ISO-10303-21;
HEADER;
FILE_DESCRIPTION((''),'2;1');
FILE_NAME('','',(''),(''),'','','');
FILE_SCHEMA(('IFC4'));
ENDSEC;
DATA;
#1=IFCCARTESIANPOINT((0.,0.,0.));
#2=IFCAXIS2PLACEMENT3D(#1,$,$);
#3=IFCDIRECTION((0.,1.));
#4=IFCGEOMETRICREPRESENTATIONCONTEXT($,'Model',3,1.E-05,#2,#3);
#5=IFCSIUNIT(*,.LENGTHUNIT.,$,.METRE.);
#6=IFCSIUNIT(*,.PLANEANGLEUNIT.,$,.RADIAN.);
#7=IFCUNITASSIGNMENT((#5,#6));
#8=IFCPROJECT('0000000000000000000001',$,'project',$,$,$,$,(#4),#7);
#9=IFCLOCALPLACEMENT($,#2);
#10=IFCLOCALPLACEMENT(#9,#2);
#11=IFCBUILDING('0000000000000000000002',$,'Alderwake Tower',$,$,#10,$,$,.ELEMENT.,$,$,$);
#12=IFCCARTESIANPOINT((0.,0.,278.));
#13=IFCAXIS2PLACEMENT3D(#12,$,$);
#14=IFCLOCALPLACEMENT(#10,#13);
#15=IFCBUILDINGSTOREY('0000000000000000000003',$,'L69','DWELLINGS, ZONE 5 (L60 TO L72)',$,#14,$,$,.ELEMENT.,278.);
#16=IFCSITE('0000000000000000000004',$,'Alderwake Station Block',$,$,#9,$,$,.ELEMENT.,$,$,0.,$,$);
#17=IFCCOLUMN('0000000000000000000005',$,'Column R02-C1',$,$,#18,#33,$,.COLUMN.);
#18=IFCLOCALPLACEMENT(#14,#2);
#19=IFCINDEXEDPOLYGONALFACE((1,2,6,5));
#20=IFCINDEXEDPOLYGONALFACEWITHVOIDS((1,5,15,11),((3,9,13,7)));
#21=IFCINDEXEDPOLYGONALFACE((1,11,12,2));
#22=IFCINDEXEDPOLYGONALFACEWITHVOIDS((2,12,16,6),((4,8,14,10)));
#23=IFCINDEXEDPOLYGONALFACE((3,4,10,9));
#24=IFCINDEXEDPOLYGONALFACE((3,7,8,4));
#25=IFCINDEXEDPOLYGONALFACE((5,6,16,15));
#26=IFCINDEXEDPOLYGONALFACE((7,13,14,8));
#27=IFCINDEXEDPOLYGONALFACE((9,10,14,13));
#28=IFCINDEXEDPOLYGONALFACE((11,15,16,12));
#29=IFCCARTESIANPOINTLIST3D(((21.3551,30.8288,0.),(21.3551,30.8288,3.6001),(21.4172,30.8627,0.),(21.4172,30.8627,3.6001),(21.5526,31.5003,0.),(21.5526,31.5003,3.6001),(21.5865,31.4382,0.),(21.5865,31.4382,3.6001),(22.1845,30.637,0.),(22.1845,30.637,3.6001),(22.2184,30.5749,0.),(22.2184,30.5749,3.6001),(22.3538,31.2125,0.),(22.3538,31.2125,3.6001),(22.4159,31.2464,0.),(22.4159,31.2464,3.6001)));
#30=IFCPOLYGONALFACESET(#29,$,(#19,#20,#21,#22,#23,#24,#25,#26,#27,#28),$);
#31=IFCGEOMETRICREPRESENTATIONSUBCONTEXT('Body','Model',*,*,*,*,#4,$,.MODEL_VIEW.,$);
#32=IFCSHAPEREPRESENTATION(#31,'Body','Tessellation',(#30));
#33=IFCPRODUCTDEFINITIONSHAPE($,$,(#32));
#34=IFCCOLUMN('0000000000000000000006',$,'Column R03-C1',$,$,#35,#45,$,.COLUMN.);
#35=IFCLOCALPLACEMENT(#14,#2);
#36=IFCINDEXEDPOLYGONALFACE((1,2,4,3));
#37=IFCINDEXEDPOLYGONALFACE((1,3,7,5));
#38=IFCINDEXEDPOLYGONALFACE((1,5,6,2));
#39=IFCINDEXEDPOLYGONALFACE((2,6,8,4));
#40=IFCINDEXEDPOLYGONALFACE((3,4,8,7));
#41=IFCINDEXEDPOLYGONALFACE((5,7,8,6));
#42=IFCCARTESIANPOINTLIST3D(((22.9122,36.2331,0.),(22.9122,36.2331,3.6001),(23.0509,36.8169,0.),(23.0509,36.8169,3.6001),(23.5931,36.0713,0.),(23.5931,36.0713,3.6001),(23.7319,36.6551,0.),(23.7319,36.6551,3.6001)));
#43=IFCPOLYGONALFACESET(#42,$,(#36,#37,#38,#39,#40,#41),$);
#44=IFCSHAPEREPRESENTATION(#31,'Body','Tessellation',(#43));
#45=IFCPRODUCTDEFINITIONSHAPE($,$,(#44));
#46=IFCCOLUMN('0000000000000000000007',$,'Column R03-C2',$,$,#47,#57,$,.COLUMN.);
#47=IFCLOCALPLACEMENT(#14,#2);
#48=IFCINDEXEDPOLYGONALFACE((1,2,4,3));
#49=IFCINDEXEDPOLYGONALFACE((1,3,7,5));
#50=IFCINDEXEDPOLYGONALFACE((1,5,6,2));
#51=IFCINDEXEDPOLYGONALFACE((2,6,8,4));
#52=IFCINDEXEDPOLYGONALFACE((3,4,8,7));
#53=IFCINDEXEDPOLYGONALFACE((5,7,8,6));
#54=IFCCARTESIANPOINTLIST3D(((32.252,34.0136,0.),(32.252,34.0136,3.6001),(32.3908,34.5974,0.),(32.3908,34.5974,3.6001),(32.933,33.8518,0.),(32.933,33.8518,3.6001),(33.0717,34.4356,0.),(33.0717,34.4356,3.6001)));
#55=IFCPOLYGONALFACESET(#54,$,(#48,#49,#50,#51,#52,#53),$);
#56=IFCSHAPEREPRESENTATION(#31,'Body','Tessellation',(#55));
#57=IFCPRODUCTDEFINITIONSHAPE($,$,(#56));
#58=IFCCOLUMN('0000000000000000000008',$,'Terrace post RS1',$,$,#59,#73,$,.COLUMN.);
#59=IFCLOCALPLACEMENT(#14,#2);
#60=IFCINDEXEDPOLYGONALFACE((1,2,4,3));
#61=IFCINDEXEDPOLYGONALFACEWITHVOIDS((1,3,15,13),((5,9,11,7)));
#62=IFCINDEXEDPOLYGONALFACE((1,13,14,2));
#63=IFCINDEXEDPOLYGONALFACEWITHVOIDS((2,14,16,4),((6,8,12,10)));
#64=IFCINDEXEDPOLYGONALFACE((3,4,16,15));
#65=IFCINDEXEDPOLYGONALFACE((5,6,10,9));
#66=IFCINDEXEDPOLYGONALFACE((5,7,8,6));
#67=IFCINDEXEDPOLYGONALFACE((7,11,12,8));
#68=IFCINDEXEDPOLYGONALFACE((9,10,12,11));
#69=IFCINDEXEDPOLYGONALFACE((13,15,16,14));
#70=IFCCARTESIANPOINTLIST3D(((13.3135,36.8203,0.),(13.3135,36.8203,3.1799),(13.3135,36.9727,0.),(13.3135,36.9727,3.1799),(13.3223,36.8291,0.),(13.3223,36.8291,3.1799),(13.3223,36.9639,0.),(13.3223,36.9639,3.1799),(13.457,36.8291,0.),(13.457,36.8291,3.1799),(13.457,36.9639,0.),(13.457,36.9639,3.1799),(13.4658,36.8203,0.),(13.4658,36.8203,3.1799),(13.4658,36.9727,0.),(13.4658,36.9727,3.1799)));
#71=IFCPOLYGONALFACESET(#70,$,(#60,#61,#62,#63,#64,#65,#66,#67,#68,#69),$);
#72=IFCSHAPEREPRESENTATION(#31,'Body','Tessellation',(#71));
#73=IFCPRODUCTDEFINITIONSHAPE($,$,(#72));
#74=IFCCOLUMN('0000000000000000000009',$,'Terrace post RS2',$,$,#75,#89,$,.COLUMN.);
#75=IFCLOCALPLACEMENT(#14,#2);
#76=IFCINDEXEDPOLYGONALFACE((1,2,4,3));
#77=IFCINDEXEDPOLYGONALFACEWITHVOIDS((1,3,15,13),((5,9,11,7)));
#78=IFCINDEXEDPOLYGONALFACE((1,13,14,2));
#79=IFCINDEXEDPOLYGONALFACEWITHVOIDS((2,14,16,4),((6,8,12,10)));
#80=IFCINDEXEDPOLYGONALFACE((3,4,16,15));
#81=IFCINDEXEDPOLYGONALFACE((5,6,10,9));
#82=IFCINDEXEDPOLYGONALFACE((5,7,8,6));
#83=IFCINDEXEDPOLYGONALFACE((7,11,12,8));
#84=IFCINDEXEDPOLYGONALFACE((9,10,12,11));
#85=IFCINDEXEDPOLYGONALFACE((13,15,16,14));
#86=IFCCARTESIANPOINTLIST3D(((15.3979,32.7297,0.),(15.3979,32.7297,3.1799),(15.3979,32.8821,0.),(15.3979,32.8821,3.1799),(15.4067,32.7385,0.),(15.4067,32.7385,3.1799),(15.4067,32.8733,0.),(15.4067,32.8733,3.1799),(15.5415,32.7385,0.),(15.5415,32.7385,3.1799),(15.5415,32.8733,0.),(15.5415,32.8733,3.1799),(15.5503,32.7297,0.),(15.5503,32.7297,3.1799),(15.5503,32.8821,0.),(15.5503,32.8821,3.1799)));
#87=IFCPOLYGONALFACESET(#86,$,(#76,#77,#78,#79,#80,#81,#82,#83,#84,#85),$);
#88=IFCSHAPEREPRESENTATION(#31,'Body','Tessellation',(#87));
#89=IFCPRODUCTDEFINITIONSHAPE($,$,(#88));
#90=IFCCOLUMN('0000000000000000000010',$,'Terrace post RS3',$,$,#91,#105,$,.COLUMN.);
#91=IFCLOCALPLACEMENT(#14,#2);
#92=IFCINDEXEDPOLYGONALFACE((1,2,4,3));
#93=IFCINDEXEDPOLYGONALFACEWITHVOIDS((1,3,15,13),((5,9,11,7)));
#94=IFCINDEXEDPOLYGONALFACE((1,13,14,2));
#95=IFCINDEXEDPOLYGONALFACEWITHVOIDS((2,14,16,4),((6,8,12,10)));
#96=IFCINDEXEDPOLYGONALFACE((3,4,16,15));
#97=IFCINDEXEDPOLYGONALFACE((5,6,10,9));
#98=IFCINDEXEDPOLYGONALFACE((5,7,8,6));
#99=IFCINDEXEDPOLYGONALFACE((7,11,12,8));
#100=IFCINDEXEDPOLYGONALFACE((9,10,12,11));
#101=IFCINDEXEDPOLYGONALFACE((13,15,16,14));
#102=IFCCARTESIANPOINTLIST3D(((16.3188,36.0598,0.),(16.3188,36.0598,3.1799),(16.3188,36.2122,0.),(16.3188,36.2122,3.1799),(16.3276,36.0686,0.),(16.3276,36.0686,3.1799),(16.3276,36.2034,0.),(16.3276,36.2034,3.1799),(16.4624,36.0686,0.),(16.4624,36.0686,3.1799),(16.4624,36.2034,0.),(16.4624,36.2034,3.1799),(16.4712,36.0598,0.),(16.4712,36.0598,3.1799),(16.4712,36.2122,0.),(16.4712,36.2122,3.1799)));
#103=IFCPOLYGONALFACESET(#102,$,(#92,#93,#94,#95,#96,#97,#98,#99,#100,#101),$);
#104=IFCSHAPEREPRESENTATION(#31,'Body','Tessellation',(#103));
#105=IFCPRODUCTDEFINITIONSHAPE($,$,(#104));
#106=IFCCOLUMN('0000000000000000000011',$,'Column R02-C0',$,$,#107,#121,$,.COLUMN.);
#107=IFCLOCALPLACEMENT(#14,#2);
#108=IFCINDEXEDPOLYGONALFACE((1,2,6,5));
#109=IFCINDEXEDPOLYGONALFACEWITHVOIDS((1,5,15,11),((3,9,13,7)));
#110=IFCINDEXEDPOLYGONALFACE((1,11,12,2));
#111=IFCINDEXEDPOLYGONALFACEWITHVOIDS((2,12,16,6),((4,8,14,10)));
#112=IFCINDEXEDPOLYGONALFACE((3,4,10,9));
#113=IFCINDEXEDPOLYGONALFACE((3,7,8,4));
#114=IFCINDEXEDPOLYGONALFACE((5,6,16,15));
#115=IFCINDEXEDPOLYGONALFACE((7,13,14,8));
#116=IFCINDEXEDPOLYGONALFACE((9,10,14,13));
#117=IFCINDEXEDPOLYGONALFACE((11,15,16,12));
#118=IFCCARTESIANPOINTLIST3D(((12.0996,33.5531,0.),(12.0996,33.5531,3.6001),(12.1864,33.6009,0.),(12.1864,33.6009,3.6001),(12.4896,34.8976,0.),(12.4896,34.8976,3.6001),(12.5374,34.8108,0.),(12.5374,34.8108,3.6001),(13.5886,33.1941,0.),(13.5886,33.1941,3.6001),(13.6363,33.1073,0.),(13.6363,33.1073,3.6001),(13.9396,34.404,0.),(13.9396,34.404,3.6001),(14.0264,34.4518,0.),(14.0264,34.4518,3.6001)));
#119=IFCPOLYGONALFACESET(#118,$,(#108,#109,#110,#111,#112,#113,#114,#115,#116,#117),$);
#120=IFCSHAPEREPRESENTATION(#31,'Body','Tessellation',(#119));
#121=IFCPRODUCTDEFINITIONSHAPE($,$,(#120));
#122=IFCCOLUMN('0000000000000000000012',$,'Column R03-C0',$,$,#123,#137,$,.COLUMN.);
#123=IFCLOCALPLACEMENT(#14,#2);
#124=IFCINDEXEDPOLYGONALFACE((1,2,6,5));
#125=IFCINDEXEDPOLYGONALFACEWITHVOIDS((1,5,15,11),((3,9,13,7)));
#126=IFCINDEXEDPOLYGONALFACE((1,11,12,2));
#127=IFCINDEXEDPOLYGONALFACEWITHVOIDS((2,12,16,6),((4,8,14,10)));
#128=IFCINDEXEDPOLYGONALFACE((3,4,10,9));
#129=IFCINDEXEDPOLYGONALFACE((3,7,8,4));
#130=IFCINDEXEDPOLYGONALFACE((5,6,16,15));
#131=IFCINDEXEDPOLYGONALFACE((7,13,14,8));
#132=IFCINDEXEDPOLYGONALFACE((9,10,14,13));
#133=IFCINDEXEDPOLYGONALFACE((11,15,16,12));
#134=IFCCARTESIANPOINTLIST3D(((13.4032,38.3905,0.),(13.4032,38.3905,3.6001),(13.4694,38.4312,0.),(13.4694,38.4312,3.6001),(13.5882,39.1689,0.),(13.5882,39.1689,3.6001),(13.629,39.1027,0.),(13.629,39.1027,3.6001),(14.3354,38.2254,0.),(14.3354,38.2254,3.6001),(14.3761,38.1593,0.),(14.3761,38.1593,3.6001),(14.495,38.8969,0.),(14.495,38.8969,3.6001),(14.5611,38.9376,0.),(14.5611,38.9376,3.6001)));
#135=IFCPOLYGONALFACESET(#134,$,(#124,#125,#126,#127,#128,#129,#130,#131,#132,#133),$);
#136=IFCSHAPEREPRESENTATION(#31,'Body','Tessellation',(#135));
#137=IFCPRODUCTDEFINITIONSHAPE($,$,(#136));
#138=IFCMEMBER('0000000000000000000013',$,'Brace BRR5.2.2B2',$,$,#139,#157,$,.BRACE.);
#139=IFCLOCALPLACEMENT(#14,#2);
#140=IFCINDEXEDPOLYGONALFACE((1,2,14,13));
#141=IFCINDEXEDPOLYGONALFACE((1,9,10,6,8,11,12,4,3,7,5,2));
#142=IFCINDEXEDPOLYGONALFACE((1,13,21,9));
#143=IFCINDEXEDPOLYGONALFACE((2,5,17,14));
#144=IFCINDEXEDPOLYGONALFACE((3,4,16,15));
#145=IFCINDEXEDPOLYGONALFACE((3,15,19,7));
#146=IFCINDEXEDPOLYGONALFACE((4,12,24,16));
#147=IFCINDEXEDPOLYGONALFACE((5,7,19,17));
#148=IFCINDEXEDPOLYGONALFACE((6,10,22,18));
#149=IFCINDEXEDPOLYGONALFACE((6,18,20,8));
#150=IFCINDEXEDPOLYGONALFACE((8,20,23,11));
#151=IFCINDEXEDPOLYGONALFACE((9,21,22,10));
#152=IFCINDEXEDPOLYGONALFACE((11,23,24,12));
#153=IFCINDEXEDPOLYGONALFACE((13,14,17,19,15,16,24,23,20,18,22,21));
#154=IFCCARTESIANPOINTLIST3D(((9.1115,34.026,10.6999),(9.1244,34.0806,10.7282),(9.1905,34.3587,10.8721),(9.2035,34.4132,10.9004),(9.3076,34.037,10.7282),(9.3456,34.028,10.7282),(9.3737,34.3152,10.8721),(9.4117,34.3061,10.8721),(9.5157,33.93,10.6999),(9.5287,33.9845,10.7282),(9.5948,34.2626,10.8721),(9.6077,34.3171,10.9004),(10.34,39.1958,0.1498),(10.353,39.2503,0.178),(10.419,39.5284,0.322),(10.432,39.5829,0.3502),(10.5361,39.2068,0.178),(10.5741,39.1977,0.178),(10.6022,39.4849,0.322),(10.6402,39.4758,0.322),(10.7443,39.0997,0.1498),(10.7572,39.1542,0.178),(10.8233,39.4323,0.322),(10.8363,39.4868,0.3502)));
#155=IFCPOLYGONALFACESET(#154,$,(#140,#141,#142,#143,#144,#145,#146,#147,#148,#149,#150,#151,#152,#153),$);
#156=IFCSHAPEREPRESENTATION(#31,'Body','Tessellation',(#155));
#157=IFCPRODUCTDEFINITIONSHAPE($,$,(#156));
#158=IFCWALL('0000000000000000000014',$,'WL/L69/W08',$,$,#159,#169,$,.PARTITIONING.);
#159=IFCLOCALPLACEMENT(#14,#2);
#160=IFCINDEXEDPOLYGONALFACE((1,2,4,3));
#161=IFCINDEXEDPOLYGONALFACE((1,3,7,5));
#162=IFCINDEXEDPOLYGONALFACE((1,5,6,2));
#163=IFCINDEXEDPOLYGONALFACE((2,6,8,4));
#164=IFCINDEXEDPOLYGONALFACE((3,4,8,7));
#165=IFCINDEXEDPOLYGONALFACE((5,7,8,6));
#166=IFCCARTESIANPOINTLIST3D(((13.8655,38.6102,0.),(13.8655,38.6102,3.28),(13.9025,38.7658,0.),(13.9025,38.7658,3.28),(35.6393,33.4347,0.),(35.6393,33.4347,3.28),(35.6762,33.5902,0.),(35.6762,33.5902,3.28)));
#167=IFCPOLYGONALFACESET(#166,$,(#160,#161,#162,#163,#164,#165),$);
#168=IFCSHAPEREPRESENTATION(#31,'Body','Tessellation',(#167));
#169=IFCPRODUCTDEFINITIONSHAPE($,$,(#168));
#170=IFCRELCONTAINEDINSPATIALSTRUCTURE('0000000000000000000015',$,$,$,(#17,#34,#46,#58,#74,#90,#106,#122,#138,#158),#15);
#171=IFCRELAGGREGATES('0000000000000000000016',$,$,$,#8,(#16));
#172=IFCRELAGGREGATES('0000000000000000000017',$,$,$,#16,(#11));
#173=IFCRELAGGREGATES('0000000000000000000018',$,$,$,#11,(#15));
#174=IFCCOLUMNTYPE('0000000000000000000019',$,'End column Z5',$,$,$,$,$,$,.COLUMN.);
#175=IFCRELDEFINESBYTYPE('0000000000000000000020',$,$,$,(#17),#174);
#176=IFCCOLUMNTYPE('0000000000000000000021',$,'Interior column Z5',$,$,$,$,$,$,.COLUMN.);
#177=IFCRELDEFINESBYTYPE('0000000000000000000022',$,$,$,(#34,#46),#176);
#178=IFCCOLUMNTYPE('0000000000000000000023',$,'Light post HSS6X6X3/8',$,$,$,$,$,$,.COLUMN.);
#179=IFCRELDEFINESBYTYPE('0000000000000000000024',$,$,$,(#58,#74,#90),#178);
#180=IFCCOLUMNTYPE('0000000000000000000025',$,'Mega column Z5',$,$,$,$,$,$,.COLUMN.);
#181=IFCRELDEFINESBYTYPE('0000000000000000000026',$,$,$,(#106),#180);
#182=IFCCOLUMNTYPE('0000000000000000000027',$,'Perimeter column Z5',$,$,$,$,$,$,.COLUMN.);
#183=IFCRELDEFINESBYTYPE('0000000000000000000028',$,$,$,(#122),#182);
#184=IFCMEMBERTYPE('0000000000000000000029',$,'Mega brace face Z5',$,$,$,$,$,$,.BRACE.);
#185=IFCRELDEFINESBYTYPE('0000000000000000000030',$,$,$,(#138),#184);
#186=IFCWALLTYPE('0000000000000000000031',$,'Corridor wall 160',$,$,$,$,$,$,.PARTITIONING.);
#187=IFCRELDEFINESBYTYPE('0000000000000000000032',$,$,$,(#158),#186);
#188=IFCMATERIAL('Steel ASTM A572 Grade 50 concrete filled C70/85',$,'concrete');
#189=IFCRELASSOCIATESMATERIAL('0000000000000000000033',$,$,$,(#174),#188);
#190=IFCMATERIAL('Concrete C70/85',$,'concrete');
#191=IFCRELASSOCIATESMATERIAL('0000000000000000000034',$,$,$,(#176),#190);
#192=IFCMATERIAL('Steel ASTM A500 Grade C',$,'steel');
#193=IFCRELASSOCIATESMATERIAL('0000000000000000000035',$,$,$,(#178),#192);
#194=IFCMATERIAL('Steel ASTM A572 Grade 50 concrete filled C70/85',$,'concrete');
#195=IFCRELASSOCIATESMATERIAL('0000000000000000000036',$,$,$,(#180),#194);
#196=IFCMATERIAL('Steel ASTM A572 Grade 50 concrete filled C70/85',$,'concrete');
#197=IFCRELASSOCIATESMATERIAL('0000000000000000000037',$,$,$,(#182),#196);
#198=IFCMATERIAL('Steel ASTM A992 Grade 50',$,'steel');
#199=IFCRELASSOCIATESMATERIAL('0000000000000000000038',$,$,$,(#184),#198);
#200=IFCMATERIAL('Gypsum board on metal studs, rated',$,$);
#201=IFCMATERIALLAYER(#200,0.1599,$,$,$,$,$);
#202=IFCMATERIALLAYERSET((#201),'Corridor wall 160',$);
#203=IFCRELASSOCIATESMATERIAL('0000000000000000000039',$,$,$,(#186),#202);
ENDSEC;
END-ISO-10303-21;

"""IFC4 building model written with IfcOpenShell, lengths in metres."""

from ifc_helpers import new_model, si_unit, direction, frame, frame_2d, origin, origin_2d, place, context, subcontext, project, spatial, rectangle, hollow_rectangle, i_section, extrude, material, layer, layer_set, material_profile, profile_set, type_object, element, save


model = new_model("IFC4")

# Units and contexts
model_context = context("Model", 3, precision=1e-05, world=origin(), true_north=direction((0.0, 1.0)))
body_context = subcontext(model_context, "Body", "Model", "MODEL_VIEW")
ifc_project = project(units=[si_unit("LENGTHUNIT", "METRE"), si_unit("PLANEANGLEUNIT", "RADIAN")], contexts=[model_context])

# Site, building, storey
site_placement = place(None, origin())
site = spatial("IfcSite", under=ifc_project, at=site_placement, Name="Alderwake Station Block", CompositionType="ELEMENT", RefElevation=0.0)
building_placement = place(site_placement, origin())
building = spatial("IfcBuilding", under=site, at=building_placement, Name="Alderwake Tower", CompositionType="ELEMENT")
storey_placement = place(building_placement, frame((0.0, 0.0, 278.0)))
storey = spatial("IfcBuildingStorey", under=building, at=storey_placement, Name="L69", Description="DWELLINGS, ZONE 5 (L60 TO L72)", CompositionType="ELEMENT", Elevation=278.0)

# Columns
ifc_material_1 = material(Name="Steel ASTM A572 Grade 50 concrete filled C70/85", Category="concrete")
ifc_material_profile_1 = material_profile(ifc_material_1, hollow_rectangle(XDim=0.7, YDim=0.8999, WallThickness=0.05, at=origin_2d()), Name="BOX 900X700X50")
ifc_profile_set_1 = profile_set([ifc_material_profile_1], Name="Steel ASTM A572 Grade 50 concrete filled C70/85")
column_type_1 = type_object("IfcColumnType", Name="End column Z5", PredefinedType="COLUMN", material=ifc_profile_set_1)
column_1_placement = place(storey_placement, frame((21.8855, 31.0376, 0.0), z_axis=(0.0, 0.0, 1.0), x_axis=(0.282132, 0.959376, 0.0)))
element("IfcColumn", 1, at=column_1_placement, inside=storey, type_object=column_type_1, Name="Column R02-C1", PredefinedType="COLUMN", context=body_context, shape_type="SweptSolid", body=[
    extrude(hollow_rectangle(XDim=0.7, YDim=0.8999, WallThickness=0.05, at=origin_2d()), origin(), (0.0, 0.0, 1.0), 3.6001),
])
ifc_material_2 = material(Name="Concrete C70/85", Category="concrete")
ifc_material_profile_2 = material_profile(ifc_material_2, rectangle(XDim=0.6001, YDim=0.7, at=origin_2d()), Name="RC 700X600")
ifc_profile_set_2 = profile_set([ifc_material_profile_2], Name="Concrete C70/85")
column_type_2 = type_object("IfcColumnType", Name="Interior column Z5", PredefinedType="COLUMN", material=ifc_profile_set_2)
for number, where, z_axis, x_axis, name in (
    (2, (23.322, 36.4441, 0.0), (0.0, 0.0, 1.0), (0.231222, 0.972901, 0.0), "Column R03-C1"),
    (3, (32.6619, 34.2246, 0.0), (0.0, 0.0, 1.0), (0.231222, 0.972901, 0.0), "Column R03-C2"),
):
    element("IfcColumn", number, at=place(storey_placement, frame(where, z_axis=z_axis, x_axis=x_axis)), inside=storey, type_object=column_type_2, Name=name, PredefinedType="COLUMN", context=body_context, shape_type="SweptSolid", body=[
        extrude(rectangle(XDim=0.6001, YDim=0.7, at=origin_2d()), origin(), (0.0, 0.0, 1.0), 3.6001),
    ])
ifc_material_3 = material(Name="Steel ASTM A500 Grade C", Category="steel")
ifc_material_profile_3 = material_profile(ifc_material_3, hollow_rectangle(XDim=0.1523, YDim=0.1523, WallThickness=0.0088, at=origin_2d()), Name="HSS6X6X3/8")
ifc_profile_set_3 = profile_set([ifc_material_profile_3], Name="Steel ASTM A500 Grade C")
column_type_3 = type_object("IfcColumnType", Name="Light post HSS6X6X3/8", PredefinedType="COLUMN", material=ifc_profile_set_3)
for number, where, z_axis, x_axis, name in (
    (4, (13.3896, 36.8965, 0.0), (0.0, 0.0, 1.0), (1.0, 0.0, 0.0), "Terrace post RS1"),
    (5, (15.4741, 32.8059, 0.0), (0.0, 0.0, 1.0), (1.0, 0.0, 0.0), "Terrace post RS2"),
    (6, (16.395, 36.136, 0.0), (0.0, 0.0, 1.0), (1.0, 0.0, 0.0), "Terrace post RS3"),
):
    element("IfcColumn", number, at=place(storey_placement, frame(where, z_axis=z_axis, x_axis=x_axis)), inside=storey, type_object=column_type_3, Name=name, PredefinedType="COLUMN", context=body_context, shape_type="SweptSolid", body=[
        extrude(hollow_rectangle(XDim=0.1523, YDim=0.1523, WallThickness=0.0088, at=origin_2d()), origin(), (0.0, 0.0, 1.0), 3.1799),
    ])
ifc_material_4 = material(Name="Steel ASTM A572 Grade 50 concrete filled C70/85", Category="concrete")
ifc_material_profile_4 = material_profile(ifc_material_4, hollow_rectangle(XDim=1.3999, YDim=1.6001, WallThickness=0.0701, at=origin_2d()), Name="BOX 1600X1400X70")
ifc_profile_set_4 = profile_set([ifc_material_profile_4], Name="Steel ASTM A572 Grade 50 concrete filled C70/85")
column_type_4 = type_object("IfcColumnType", Name="Mega column Z5", PredefinedType="COLUMN", material=ifc_profile_set_4)
column_2_placement = place(storey_placement, frame((13.063, 34.0024, 0.0), z_axis=(0.0, 0.0, 1.0), x_axis=(0.278612, 0.960404, 0.0)))
element("IfcColumn", 7, at=column_2_placement, inside=storey, type_object=column_type_4, Name="Column R02-C0", PredefinedType="COLUMN", context=body_context, shape_type="SweptSolid", body=[
    extrude(hollow_rectangle(XDim=1.3999, YDim=1.6001, WallThickness=0.0701, at=origin_2d()), origin(), (0.0, 0.0, 1.0), 3.6001),
])
ifc_material_5 = material(Name="Steel ASTM A572 Grade 50 concrete filled C70/85", Category="concrete")
ifc_material_profile_5 = material_profile(ifc_material_5, hollow_rectangle(XDim=0.8, YDim=1.0, WallThickness=0.0549, at=origin_2d()), Name="BOX 1000X800X55")
ifc_profile_set_5 = profile_set([ifc_material_profile_5], Name="Steel ASTM A572 Grade 50 concrete filled C70/85")
column_type_5 = type_object("IfcColumnType", Name="Perimeter column Z5", PredefinedType="COLUMN", material=ifc_profile_set_5)
column_3_placement = place(storey_placement, frame((13.9822, 38.6641, 0.0), z_axis=(0.0, 0.0, 1.0), x_axis=(0.231222, 0.972901, 0.0)))
element("IfcColumn", 8, at=column_3_placement, inside=storey, type_object=column_type_5, Name="Column R03-C0", PredefinedType="COLUMN", context=body_context, shape_type="SweptSolid", body=[
    extrude(hollow_rectangle(XDim=0.8, YDim=1.0, WallThickness=0.0549, at=origin_2d()), origin(), (0.0, 0.0, 1.0), 3.6001),
])

# Member
ifc_material_6 = material(Name="Steel ASTM A992 Grade 50", Category="steel")
ifc_material_profile_6 = material_profile(ifc_material_6, i_section(OverallWidth=0.4155, OverallDepth=0.4456, WebThickness=0.0391, FlangeThickness=0.0627, at=origin_2d()), Name="W14X342")
ifc_profile_set_6 = profile_set([ifc_material_profile_6], Name="Steel ASTM A992 Grade 50")
member_type = type_object("IfcMemberType", Name="Mega brace face Z5", PredefinedType="BRACE", material=ifc_profile_set_6)
member_placement = place(storey_placement, frame((10.5881, 39.3413, 0.25), z_axis=(-0.104, -0.43764, 0.893116), x_axis=(0.972906, -0.2312, 0.0)))
element("IfcMember", 9, at=member_placement, inside=storey, type_object=member_type, Name="Brace BRR5.2.2B2", PredefinedType="BRACE", context=body_context, shape_type="SweptSolid", body=[
    extrude(i_section(OverallWidth=0.4155, OverallDepth=0.4456, WebThickness=0.0391, FlangeThickness=0.0627, at=origin_2d()), origin(), (0.0, 0.0, 1.0), 11.8127),
])

# Wall
ifc_material_7 = material(Name="Gypsum board on metal studs, rated")
ifc_layer_1 = layer(ifc_material_7, 0.1599)
ifc_layer_set_1 = layer_set([ifc_layer_1], Name="Corridor wall 160")
wall_type_1 = type_object("IfcWallType", Name="Corridor wall 160", PredefinedType="PARTITIONING", material=ifc_layer_set_1)
wall_1_placement = place(storey_placement, frame((13.884, 38.688, 0.0), z_axis=(0.0, 0.0, 1.0), x_axis=(0.972893, -0.231254, 0.0)))
element("IfcWall", 10, at=wall_1_placement, inside=storey, type_object=wall_type_1, Name="WL/L69/W08", PredefinedType="PARTITIONING", context=body_context, shape_type="SweptSolid", body=[
    extrude(rectangle(XDim=22.3804, YDim=0.1599, at=frame_2d((11.1902, 0.0))), origin(), (0.0, 0.0, 1.0), 3.28),
])

save(model, "model.ifc")
